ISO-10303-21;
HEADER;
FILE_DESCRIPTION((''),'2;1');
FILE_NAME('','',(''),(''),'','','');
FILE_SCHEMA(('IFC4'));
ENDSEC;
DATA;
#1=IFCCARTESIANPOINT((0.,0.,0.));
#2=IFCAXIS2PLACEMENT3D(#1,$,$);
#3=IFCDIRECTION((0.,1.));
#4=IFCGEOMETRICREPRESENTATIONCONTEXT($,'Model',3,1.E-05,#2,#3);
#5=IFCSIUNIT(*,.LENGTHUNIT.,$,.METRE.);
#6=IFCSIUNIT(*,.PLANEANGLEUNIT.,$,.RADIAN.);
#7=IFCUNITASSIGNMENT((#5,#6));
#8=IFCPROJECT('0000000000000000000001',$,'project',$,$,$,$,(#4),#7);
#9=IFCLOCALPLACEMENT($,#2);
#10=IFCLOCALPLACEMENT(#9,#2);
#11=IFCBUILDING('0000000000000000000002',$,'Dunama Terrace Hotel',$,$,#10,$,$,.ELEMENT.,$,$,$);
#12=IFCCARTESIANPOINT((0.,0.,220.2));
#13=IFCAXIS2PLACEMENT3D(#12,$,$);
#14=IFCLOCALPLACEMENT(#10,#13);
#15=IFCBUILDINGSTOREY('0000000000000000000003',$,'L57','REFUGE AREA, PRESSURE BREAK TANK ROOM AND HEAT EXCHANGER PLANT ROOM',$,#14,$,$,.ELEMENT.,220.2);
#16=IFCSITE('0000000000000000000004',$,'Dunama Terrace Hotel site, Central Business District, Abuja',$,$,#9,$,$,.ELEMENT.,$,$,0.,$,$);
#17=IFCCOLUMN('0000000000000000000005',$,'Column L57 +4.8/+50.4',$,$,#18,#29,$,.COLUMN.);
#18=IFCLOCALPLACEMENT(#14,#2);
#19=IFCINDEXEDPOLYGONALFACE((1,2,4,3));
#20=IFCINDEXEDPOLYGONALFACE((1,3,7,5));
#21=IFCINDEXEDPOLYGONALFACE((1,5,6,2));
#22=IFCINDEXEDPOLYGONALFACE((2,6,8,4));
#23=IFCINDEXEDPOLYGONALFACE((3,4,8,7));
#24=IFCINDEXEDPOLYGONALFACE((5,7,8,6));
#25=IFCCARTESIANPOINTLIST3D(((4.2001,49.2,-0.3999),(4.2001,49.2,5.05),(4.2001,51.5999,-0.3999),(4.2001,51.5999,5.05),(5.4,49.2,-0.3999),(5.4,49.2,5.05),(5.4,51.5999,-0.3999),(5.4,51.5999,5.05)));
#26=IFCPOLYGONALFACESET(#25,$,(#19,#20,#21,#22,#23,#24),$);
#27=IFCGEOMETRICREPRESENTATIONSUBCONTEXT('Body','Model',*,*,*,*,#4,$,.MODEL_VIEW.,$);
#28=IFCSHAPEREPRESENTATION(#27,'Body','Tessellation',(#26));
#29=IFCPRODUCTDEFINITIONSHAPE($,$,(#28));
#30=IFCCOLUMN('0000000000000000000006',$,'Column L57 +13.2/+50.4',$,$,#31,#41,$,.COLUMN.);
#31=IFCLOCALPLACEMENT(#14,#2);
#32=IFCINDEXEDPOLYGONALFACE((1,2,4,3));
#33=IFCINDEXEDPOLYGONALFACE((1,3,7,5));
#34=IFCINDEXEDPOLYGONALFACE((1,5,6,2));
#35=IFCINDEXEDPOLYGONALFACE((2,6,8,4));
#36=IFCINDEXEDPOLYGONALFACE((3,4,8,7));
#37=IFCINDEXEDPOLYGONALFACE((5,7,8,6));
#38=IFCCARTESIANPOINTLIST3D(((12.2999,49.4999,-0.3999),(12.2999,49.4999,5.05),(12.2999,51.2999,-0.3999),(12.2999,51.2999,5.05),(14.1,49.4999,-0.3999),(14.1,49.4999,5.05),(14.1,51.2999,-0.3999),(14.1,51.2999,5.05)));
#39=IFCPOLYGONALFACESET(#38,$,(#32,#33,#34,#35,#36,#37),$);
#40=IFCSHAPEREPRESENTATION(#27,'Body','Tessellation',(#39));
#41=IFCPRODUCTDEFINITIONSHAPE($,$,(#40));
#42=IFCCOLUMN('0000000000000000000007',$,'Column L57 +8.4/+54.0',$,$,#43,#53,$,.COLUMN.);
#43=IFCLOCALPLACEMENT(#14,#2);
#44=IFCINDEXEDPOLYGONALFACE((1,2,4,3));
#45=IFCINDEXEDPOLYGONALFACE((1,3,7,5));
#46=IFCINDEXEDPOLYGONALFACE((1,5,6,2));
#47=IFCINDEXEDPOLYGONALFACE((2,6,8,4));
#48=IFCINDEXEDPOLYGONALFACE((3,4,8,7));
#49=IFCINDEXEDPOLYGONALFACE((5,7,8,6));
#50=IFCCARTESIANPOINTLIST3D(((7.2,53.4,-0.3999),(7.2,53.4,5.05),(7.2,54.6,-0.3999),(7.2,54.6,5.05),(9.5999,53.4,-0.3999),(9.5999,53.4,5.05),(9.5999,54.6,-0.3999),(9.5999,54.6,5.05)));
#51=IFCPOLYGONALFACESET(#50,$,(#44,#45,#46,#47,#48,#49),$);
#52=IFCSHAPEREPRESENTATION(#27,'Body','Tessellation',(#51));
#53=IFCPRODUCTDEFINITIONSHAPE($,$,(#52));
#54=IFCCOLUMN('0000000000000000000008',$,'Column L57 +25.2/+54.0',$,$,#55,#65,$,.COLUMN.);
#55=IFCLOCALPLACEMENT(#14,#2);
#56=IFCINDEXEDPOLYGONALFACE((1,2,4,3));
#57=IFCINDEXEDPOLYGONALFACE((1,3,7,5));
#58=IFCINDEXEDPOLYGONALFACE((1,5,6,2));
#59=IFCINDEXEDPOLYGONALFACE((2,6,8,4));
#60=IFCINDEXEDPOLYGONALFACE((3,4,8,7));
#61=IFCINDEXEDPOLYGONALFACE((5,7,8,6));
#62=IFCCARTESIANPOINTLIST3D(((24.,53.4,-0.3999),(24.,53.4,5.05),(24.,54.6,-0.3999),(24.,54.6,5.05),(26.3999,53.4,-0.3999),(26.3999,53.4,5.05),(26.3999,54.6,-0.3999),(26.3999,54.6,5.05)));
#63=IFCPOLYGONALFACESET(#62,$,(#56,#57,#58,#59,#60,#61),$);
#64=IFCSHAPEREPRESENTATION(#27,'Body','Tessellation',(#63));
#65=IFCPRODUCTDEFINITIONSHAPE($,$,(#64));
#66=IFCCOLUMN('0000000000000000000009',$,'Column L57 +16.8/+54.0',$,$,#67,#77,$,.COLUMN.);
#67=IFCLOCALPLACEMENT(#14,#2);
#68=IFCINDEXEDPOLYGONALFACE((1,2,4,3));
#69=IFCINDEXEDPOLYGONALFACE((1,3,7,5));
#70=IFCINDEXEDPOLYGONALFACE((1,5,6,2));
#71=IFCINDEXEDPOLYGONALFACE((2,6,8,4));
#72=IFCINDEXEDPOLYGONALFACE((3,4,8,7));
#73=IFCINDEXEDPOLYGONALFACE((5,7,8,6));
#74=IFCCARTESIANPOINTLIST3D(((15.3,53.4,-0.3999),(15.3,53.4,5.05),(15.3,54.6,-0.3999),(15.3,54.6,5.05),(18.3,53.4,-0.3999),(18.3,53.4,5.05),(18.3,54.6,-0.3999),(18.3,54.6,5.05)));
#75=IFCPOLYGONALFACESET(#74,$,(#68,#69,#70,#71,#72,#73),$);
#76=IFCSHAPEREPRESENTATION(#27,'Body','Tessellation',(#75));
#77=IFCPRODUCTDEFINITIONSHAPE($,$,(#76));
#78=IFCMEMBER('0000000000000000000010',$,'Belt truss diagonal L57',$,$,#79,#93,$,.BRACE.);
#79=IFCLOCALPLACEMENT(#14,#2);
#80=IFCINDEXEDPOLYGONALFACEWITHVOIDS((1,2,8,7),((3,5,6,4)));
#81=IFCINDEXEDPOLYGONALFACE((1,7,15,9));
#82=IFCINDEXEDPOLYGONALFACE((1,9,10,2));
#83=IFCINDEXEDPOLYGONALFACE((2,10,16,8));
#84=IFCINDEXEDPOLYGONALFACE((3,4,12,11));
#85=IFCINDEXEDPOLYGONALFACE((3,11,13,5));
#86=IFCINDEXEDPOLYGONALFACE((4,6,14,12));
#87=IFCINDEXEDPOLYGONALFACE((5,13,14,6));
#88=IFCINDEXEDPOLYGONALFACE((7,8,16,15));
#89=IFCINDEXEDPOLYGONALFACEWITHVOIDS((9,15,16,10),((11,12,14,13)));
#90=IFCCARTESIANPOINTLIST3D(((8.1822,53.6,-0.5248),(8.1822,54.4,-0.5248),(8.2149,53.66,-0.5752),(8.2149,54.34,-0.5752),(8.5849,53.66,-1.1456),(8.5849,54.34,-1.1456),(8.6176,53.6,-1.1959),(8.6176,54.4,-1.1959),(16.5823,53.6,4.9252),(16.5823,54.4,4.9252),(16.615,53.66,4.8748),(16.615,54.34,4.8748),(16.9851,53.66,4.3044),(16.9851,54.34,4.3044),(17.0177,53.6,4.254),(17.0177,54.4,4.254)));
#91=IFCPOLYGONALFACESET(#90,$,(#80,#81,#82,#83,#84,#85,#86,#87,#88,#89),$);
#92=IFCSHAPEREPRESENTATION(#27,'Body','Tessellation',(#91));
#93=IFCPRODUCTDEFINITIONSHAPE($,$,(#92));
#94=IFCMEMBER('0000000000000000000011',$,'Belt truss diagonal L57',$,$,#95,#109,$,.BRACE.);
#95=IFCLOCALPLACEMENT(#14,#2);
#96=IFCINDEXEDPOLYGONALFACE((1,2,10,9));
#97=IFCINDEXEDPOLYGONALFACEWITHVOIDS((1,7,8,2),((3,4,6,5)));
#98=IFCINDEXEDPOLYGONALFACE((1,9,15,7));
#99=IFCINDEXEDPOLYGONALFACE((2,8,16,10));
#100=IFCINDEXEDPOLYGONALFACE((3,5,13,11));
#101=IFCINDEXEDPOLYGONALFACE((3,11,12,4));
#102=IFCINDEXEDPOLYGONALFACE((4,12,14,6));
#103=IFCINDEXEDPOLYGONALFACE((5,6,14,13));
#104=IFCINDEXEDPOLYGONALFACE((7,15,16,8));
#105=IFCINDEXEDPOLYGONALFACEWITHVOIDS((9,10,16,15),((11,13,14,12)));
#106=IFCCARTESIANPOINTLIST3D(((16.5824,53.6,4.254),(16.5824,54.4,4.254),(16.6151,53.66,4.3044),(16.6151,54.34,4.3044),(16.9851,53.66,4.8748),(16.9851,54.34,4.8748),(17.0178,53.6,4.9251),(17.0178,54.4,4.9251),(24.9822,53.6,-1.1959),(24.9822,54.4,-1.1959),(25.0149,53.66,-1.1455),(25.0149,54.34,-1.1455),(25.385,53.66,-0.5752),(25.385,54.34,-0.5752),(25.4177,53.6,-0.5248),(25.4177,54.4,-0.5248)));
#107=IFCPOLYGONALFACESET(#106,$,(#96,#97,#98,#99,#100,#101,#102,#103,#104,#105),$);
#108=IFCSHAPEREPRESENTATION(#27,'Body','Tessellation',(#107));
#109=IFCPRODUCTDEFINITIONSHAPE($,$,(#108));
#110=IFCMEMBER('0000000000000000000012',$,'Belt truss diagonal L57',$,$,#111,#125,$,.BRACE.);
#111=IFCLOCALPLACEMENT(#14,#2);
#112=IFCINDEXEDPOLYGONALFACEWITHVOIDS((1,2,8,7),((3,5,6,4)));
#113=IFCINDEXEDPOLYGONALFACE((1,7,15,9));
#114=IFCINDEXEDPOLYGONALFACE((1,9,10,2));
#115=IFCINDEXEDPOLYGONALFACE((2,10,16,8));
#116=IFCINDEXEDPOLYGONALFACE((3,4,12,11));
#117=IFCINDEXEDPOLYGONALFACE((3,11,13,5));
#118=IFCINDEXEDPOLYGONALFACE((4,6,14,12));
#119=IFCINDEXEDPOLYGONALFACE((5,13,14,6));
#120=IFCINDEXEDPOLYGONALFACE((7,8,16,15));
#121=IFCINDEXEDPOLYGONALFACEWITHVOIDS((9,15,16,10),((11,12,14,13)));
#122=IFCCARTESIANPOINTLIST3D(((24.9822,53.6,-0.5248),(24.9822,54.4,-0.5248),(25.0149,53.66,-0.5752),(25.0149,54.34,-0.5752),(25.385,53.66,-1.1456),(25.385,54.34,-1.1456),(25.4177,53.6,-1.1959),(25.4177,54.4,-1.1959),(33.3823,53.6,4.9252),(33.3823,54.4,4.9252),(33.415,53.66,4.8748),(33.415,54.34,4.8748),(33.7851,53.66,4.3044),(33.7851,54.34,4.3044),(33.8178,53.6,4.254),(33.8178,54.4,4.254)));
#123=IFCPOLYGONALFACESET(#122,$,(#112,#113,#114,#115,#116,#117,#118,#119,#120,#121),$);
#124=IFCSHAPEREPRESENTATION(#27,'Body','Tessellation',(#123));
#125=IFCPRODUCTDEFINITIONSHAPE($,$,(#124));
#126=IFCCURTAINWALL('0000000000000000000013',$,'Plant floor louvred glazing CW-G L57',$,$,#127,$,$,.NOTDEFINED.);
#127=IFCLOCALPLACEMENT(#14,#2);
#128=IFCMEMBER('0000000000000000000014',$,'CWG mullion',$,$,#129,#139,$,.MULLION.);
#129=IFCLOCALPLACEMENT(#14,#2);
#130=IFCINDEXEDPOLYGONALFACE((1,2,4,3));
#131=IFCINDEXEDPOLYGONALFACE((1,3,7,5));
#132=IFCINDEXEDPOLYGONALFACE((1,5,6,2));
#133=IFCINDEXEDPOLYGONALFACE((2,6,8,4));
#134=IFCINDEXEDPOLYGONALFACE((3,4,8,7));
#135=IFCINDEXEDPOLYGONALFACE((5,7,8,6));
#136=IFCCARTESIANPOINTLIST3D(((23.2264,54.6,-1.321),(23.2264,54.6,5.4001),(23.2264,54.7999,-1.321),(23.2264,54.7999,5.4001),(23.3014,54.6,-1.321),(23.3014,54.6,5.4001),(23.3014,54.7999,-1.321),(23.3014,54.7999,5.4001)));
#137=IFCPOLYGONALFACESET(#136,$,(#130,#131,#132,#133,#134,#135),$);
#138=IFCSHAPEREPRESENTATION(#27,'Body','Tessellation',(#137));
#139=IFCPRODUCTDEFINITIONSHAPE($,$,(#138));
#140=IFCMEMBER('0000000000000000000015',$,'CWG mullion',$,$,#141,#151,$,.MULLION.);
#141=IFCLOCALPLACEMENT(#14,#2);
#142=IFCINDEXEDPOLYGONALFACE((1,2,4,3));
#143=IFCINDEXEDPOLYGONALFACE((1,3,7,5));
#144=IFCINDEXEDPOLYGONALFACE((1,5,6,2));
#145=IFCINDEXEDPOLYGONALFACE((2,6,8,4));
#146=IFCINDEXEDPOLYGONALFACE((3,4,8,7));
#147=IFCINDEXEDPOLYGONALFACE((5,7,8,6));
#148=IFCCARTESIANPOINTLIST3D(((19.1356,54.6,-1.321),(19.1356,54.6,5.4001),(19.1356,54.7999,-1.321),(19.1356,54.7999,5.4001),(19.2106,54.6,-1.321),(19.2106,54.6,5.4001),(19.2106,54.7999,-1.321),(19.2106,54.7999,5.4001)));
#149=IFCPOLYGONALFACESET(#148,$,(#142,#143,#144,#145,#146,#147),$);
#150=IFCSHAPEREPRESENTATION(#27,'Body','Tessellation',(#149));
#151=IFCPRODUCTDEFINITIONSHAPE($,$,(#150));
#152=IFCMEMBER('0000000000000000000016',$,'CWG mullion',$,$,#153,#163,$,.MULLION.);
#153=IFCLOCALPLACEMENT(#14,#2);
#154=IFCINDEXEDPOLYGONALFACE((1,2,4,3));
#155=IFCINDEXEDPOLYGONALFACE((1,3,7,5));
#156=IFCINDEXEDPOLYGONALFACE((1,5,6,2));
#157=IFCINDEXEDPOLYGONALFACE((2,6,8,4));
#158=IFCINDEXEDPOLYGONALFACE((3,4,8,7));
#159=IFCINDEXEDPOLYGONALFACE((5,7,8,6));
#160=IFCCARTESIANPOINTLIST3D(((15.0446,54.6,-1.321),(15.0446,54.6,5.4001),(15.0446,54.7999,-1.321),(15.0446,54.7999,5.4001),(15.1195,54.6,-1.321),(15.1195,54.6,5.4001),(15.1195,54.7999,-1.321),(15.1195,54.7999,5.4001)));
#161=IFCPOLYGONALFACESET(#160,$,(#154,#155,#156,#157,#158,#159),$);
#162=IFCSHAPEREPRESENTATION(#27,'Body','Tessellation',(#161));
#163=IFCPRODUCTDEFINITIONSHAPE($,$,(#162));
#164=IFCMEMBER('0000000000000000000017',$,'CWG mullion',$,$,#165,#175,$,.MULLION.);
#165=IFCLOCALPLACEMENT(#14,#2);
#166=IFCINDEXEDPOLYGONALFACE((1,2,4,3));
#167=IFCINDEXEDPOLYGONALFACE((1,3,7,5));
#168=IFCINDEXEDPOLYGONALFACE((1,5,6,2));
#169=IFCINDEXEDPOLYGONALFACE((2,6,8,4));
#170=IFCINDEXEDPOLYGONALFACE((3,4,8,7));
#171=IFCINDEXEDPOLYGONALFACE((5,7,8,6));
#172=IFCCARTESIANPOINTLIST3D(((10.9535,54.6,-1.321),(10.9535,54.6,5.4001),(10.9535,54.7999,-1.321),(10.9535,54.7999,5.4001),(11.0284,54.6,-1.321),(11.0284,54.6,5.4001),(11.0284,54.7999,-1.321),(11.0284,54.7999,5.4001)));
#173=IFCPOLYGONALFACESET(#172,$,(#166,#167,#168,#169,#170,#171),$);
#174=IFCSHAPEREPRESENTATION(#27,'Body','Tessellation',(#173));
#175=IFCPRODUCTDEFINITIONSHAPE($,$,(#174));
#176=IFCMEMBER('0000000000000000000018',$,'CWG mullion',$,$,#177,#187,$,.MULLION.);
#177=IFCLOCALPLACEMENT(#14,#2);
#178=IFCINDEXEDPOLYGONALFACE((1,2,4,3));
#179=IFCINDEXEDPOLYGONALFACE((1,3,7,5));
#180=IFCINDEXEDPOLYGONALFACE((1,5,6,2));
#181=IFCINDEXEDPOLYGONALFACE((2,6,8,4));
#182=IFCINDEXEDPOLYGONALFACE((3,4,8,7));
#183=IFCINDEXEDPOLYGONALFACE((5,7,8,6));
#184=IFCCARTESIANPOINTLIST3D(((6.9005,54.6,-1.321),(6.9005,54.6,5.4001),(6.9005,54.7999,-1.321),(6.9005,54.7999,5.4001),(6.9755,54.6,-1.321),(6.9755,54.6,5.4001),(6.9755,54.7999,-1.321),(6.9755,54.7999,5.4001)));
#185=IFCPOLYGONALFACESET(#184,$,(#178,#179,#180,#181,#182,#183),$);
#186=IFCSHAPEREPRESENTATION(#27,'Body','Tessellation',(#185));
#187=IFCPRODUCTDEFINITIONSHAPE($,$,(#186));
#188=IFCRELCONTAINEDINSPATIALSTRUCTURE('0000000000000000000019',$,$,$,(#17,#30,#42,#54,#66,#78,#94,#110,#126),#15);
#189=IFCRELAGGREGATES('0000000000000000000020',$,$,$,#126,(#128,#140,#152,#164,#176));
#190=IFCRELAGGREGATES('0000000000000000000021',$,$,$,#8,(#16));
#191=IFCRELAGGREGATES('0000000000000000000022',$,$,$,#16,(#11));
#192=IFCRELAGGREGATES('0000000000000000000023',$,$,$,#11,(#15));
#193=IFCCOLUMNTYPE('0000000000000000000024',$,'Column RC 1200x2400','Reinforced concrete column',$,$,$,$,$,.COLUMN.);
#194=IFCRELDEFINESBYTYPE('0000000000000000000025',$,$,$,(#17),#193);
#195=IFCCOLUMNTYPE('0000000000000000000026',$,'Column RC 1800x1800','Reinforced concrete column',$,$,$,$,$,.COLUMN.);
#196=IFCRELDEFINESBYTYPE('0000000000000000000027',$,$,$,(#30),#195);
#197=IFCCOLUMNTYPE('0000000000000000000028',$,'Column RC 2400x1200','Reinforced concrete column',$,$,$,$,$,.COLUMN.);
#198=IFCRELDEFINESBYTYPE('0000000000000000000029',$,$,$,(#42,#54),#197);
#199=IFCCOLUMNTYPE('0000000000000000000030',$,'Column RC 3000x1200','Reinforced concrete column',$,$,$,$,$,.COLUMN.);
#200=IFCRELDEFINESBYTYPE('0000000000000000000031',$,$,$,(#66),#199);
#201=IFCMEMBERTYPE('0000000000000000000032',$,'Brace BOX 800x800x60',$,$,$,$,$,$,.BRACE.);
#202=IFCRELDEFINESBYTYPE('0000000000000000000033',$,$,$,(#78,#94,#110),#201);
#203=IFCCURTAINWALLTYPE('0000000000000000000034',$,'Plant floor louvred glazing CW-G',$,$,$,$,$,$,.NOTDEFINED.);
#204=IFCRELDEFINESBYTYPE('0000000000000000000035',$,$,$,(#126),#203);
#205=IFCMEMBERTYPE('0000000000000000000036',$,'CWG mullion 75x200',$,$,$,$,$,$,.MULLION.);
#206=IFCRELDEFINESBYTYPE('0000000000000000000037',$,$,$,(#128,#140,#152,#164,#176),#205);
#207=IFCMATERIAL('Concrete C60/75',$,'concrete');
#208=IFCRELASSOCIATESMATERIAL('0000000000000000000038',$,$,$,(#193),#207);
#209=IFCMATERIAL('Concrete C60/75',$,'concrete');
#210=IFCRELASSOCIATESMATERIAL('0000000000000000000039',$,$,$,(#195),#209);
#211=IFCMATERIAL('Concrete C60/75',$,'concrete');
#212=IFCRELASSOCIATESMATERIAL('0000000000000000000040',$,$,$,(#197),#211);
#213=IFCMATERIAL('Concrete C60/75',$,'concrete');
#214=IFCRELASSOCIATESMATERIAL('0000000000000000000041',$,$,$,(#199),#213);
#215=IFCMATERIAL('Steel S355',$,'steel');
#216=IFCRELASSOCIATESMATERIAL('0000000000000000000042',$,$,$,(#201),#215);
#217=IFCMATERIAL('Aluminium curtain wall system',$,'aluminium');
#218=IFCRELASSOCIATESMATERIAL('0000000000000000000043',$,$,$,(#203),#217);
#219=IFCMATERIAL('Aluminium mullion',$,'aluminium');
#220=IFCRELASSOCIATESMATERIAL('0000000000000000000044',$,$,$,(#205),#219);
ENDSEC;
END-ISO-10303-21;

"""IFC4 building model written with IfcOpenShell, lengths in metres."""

from ifc_helpers import new_model, si_unit, direction, frame, origin, origin_2d, place, context, subcontext, project, spatial, rectangle, hollow_rectangle, extrude, material, material_profile, profile_set, type_object, element, aggregate, save


model = new_model("IFC4")

# Units and contexts
model_context = context("Model", 3, precision=1e-05, world=origin(), true_north=direction((0.0, 1.0)))
body_context = subcontext(model_context, "Body", "Model", "MODEL_VIEW")
ifc_project = project(units=[si_unit("LENGTHUNIT", "METRE"), si_unit("PLANEANGLEUNIT", "RADIAN")], contexts=[model_context])

# Site, building, storey
site_placement = place(None, origin())
site = spatial("IfcSite", under=ifc_project, at=site_placement, Name="Dunama Terrace Hotel site, Central Business District, Abuja", CompositionType="ELEMENT", RefElevation=0.0)
building_placement = place(site_placement, origin())
building = spatial("IfcBuilding", under=site, at=building_placement, Name="Dunama Terrace Hotel", CompositionType="ELEMENT")
storey_placement = place(building_placement, frame((0.0, 0.0, 220.2)))
storey = spatial("IfcBuildingStorey", under=building, at=storey_placement, Name="L57", Description="REFUGE AREA, PRESSURE BREAK TANK ROOM AND HEAT EXCHANGER PLANT ROOM", CompositionType="ELEMENT", Elevation=220.2)

# Columns
ifc_material_1 = material(Name="Concrete C60/75", Category="concrete")
ifc_material_profile_1 = material_profile(ifc_material_1, rectangle(XDim=1.2, YDim=2.3999, at=origin_2d()), Name="RC 1200x2400")
ifc_profile_set_1 = profile_set([ifc_material_profile_1], Name="Concrete C60/75")
column_type_1 = type_object("IfcColumnType", Name="Column RC 1200x2400", Description="Reinforced concrete column", PredefinedType="COLUMN", material=ifc_profile_set_1)
column_1_placement = place(storey_placement, frame((4.8, 50.3999, -0.3999), z_axis=(0.0, 0.0, 1.0), x_axis=(1.0, 0.0, 0.0)))
element("IfcColumn", 1, at=column_1_placement, inside=storey, type_object=column_type_1, Name="Column L57 +4.8/+50.4", PredefinedType="COLUMN", context=body_context, shape_type="SweptSolid", body=[
    extrude(rectangle(XDim=1.2, YDim=2.3999, at=origin_2d()), origin(), (0.0, 0.0, 1.0), 5.45),
])
ifc_material_2 = material(Name="Concrete C60/75", Category="concrete")
ifc_material_profile_2 = material_profile(ifc_material_2, rectangle(XDim=1.8, YDim=1.8, at=origin_2d()), Name="RC 1800x1800")
ifc_profile_set_2 = profile_set([ifc_material_profile_2], Name="Concrete C60/75")
column_type_2 = type_object("IfcColumnType", Name="Column RC 1800x1800", Description="Reinforced concrete column", PredefinedType="COLUMN", material=ifc_profile_set_2)
column_2_placement = place(storey_placement, frame((13.2, 50.3999, -0.3999), z_axis=(0.0, 0.0, 1.0), x_axis=(1.0, 0.0, 0.0)))
element("IfcColumn", 2, at=column_2_placement, inside=storey, type_object=column_type_2, Name="Column L57 +13.2/+50.4", PredefinedType="COLUMN", context=body_context, shape_type="SweptSolid", body=[
    extrude(rectangle(XDim=1.8, YDim=1.8, at=origin_2d()), origin(), (0.0, 0.0, 1.0), 5.45),
])
ifc_material_3 = material(Name="Concrete C60/75", Category="concrete")
ifc_material_profile_3 = material_profile(ifc_material_3, rectangle(XDim=2.3999, YDim=1.2, at=origin_2d()), Name="RC 2400x1200")
ifc_profile_set_3 = profile_set([ifc_material_profile_3], Name="Concrete C60/75")
column_type_3 = type_object("IfcColumnType", Name="Column RC 2400x1200", Description="Reinforced concrete column", PredefinedType="COLUMN", material=ifc_profile_set_3)
for number, where, z_axis, x_axis, name in (
    (3, (8.3999, 54.0, -0.3999), (0.0, 0.0, 1.0), (1.0, 0.0, 0.0), "Column L57 +8.4/+54.0"),
    (4, (25.2, 54.0, -0.3999), (0.0, 0.0, 1.0), (1.0, 0.0, 0.0), "Column L57 +25.2/+54.0"),
):
    element("IfcColumn", number, at=place(storey_placement, frame(where, z_axis=z_axis, x_axis=x_axis)), inside=storey, type_object=column_type_3, Name=name, PredefinedType="COLUMN", context=body_context, shape_type="SweptSolid", body=[
        extrude(rectangle(XDim=2.3999, YDim=1.2, at=origin_2d()), origin(), (0.0, 0.0, 1.0), 5.45),
    ])
ifc_material_4 = material(Name="Concrete C60/75", Category="concrete")
ifc_material_profile_4 = material_profile(ifc_material_4, rectangle(XDim=3.0, YDim=1.2, at=origin_2d()), Name="RC 3000x1200")
ifc_profile_set_4 = profile_set([ifc_material_profile_4], Name="Concrete C60/75")
column_type_4 = type_object("IfcColumnType", Name="Column RC 3000x1200", Description="Reinforced concrete column", PredefinedType="COLUMN", material=ifc_profile_set_4)
column_3_placement = place(storey_placement, frame((16.8, 54.0, -0.3999), z_axis=(0.0, 0.0, 1.0), x_axis=(1.0, 0.0, 0.0)))
element("IfcColumn", 5, at=column_3_placement, inside=storey, type_object=column_type_4, Name="Column L57 +16.8/+54.0", PredefinedType="COLUMN", context=body_context, shape_type="SweptSolid", body=[
    extrude(rectangle(XDim=3.0, YDim=1.2, at=origin_2d()), origin(), (0.0, 0.0, 1.0), 5.45),
])

# Members
ifc_material_5 = material(Name="Steel S355", Category="steel")
ifc_material_profile_5 = material_profile(ifc_material_5, hollow_rectangle(XDim=0.8, YDim=0.8, WallThickness=0.0601, at=origin_2d()), Name="BOX 800x800x60")
ifc_profile_set_5 = profile_set([ifc_material_profile_5], Name="Steel S355")
member_type_1 = type_object("IfcMemberType", Name="Brace BOX 800x800x60", PredefinedType="BRACE", material=ifc_profile_set_5)
member_1_placement = place(storey_placement, frame((8.3999, 54.0, -0.8604), z_axis=(0.838906, 0.0, 0.544276), x_axis=(0.0, 1.0, 0.0)))
element("IfcMember", 6, at=member_1_placement, inside=storey, type_object=member_type_1, Name="Belt truss diagonal L57", PredefinedType="BRACE", context=body_context, shape_type="SweptSolid", body=[
    extrude(hollow_rectangle(XDim=0.8, YDim=0.8, WallThickness=0.0601, at=origin_2d()), origin(), (0.0, 0.0, 1.0), 10.0132),
])
member_2_placement = place(storey_placement, frame((25.2, 54.0, -0.8604), z_axis=(-0.838899, 0.0, 0.544287), x_axis=(0.0, -1.0, 0.0)))
element("IfcMember", 7, at=member_2_placement, inside=storey, type_object=member_type_1, Name="Belt truss diagonal L57", PredefinedType="BRACE", context=body_context, shape_type="SweptSolid", body=[
    extrude(hollow_rectangle(XDim=0.8, YDim=0.8, WallThickness=0.0601, at=origin_2d()), origin(), (0.0, 0.0, 1.0), 10.0129),
])
member_3_placement = place(storey_placement, frame((25.2, 54.0, -0.8604), z_axis=(0.838906, 0.0, 0.544276), x_axis=(0.0, 1.0, 0.0)))
element("IfcMember", 8, at=member_3_placement, inside=storey, type_object=member_type_1, Name="Belt truss diagonal L57", PredefinedType="BRACE", context=body_context, shape_type="SweptSolid", body=[
    extrude(hollow_rectangle(XDim=0.8, YDim=0.8, WallThickness=0.0601, at=origin_2d()), origin(), (0.0, 0.0, 1.0), 10.0132),
])

# Curtain wall, members
ifc_material_6 = material(Name="Aluminium curtain wall system", Category="aluminium")
curtain_wall_type = type_object("IfcCurtainWallType", Name="Plant floor louvred glazing CW-G", PredefinedType="NOTDEFINED", material=ifc_material_6)
curtain_wall_1_placement = place(storey_placement, origin())
curtain_wall_1 = element("IfcCurtainWall", 9, at=curtain_wall_1_placement, inside=storey, type_object=curtain_wall_type, Name="Plant floor louvred glazing CW-G L57", PredefinedType="NOTDEFINED")
ifc_material_7 = material(Name="Aluminium mullion", Category="aluminium")
ifc_material_profile_6 = material_profile(ifc_material_7, rectangle(XDim=0.075, YDim=0.2, at=origin_2d()), Name="CWG MULLION 75X200")
ifc_profile_set_6 = profile_set([ifc_material_profile_6], Name="Aluminium mullion")
member_type_2 = type_object("IfcMemberType", Name="CWG mullion 75x200", PredefinedType="MULLION", material=ifc_profile_set_6)
member_4_placement = place(storey_placement, frame((23.2639, 54.7, -1.321), z_axis=(0.0, 0.0, 1.0), x_axis=(-1.0, 0.0, 0.0)))
member_4 = element("IfcMember", 10, at=member_4_placement, type_object=member_type_2, Name="CWG mullion", PredefinedType="MULLION", context=body_context, shape_type="SweptSolid", body=[
    extrude(rectangle(XDim=0.075, YDim=0.2, at=origin_2d()), origin(), (0.0, 0.0, 1.0), 6.7212),
])
member_5_placement = place(storey_placement, frame((19.1731, 54.7, -1.321), z_axis=(0.0, 0.0, 1.0), x_axis=(-1.0, 0.0, 0.0)))
member_5 = element("IfcMember", 11, at=member_5_placement, type_object=member_type_2, Name="CWG mullion", PredefinedType="MULLION", context=body_context, shape_type="SweptSolid", body=[
    extrude(rectangle(XDim=0.075, YDim=0.2, at=origin_2d()), origin(), (0.0, 0.0, 1.0), 6.7212),
])
member_6_placement = place(storey_placement, frame((15.082, 54.7, -1.321), z_axis=(0.0, 0.0, 1.0), x_axis=(-1.0, 0.0, 0.0)))
member_6 = element("IfcMember", 12, at=member_6_placement, type_object=member_type_2, Name="CWG mullion", PredefinedType="MULLION", context=body_context, shape_type="SweptSolid", body=[
    extrude(rectangle(XDim=0.075, YDim=0.2, at=origin_2d()), origin(), (0.0, 0.0, 1.0), 6.7212),
])
member_7_placement = place(storey_placement, frame((10.991, 54.7, -1.321), z_axis=(0.0, 0.0, 1.0), x_axis=(-1.0, 0.0, 0.0)))
member_7 = element("IfcMember", 13, at=member_7_placement, type_object=member_type_2, Name="CWG mullion", PredefinedType="MULLION", context=body_context, shape_type="SweptSolid", body=[
    extrude(rectangle(XDim=0.075, YDim=0.2, at=origin_2d()), origin(), (0.0, 0.0, 1.0), 6.7212),
])
member_8_placement = place(storey_placement, frame((6.938, 54.7, -1.321), z_axis=(0.0, 0.0, 1.0), x_axis=(-1.0, 0.0, 0.0)))
member_8 = element("IfcMember", 14, at=member_8_placement, type_object=member_type_2, Name="CWG mullion", PredefinedType="MULLION", context=body_context, shape_type="SweptSolid", body=[
    extrude(rectangle(XDim=0.075, YDim=0.2, at=origin_2d()), origin(), (0.0, 0.0, 1.0), 6.7212),
])

aggregate(curtain_wall_1, [member_4, member_5, member_6, member_7, member_8])

save(model, "model.ifc")
